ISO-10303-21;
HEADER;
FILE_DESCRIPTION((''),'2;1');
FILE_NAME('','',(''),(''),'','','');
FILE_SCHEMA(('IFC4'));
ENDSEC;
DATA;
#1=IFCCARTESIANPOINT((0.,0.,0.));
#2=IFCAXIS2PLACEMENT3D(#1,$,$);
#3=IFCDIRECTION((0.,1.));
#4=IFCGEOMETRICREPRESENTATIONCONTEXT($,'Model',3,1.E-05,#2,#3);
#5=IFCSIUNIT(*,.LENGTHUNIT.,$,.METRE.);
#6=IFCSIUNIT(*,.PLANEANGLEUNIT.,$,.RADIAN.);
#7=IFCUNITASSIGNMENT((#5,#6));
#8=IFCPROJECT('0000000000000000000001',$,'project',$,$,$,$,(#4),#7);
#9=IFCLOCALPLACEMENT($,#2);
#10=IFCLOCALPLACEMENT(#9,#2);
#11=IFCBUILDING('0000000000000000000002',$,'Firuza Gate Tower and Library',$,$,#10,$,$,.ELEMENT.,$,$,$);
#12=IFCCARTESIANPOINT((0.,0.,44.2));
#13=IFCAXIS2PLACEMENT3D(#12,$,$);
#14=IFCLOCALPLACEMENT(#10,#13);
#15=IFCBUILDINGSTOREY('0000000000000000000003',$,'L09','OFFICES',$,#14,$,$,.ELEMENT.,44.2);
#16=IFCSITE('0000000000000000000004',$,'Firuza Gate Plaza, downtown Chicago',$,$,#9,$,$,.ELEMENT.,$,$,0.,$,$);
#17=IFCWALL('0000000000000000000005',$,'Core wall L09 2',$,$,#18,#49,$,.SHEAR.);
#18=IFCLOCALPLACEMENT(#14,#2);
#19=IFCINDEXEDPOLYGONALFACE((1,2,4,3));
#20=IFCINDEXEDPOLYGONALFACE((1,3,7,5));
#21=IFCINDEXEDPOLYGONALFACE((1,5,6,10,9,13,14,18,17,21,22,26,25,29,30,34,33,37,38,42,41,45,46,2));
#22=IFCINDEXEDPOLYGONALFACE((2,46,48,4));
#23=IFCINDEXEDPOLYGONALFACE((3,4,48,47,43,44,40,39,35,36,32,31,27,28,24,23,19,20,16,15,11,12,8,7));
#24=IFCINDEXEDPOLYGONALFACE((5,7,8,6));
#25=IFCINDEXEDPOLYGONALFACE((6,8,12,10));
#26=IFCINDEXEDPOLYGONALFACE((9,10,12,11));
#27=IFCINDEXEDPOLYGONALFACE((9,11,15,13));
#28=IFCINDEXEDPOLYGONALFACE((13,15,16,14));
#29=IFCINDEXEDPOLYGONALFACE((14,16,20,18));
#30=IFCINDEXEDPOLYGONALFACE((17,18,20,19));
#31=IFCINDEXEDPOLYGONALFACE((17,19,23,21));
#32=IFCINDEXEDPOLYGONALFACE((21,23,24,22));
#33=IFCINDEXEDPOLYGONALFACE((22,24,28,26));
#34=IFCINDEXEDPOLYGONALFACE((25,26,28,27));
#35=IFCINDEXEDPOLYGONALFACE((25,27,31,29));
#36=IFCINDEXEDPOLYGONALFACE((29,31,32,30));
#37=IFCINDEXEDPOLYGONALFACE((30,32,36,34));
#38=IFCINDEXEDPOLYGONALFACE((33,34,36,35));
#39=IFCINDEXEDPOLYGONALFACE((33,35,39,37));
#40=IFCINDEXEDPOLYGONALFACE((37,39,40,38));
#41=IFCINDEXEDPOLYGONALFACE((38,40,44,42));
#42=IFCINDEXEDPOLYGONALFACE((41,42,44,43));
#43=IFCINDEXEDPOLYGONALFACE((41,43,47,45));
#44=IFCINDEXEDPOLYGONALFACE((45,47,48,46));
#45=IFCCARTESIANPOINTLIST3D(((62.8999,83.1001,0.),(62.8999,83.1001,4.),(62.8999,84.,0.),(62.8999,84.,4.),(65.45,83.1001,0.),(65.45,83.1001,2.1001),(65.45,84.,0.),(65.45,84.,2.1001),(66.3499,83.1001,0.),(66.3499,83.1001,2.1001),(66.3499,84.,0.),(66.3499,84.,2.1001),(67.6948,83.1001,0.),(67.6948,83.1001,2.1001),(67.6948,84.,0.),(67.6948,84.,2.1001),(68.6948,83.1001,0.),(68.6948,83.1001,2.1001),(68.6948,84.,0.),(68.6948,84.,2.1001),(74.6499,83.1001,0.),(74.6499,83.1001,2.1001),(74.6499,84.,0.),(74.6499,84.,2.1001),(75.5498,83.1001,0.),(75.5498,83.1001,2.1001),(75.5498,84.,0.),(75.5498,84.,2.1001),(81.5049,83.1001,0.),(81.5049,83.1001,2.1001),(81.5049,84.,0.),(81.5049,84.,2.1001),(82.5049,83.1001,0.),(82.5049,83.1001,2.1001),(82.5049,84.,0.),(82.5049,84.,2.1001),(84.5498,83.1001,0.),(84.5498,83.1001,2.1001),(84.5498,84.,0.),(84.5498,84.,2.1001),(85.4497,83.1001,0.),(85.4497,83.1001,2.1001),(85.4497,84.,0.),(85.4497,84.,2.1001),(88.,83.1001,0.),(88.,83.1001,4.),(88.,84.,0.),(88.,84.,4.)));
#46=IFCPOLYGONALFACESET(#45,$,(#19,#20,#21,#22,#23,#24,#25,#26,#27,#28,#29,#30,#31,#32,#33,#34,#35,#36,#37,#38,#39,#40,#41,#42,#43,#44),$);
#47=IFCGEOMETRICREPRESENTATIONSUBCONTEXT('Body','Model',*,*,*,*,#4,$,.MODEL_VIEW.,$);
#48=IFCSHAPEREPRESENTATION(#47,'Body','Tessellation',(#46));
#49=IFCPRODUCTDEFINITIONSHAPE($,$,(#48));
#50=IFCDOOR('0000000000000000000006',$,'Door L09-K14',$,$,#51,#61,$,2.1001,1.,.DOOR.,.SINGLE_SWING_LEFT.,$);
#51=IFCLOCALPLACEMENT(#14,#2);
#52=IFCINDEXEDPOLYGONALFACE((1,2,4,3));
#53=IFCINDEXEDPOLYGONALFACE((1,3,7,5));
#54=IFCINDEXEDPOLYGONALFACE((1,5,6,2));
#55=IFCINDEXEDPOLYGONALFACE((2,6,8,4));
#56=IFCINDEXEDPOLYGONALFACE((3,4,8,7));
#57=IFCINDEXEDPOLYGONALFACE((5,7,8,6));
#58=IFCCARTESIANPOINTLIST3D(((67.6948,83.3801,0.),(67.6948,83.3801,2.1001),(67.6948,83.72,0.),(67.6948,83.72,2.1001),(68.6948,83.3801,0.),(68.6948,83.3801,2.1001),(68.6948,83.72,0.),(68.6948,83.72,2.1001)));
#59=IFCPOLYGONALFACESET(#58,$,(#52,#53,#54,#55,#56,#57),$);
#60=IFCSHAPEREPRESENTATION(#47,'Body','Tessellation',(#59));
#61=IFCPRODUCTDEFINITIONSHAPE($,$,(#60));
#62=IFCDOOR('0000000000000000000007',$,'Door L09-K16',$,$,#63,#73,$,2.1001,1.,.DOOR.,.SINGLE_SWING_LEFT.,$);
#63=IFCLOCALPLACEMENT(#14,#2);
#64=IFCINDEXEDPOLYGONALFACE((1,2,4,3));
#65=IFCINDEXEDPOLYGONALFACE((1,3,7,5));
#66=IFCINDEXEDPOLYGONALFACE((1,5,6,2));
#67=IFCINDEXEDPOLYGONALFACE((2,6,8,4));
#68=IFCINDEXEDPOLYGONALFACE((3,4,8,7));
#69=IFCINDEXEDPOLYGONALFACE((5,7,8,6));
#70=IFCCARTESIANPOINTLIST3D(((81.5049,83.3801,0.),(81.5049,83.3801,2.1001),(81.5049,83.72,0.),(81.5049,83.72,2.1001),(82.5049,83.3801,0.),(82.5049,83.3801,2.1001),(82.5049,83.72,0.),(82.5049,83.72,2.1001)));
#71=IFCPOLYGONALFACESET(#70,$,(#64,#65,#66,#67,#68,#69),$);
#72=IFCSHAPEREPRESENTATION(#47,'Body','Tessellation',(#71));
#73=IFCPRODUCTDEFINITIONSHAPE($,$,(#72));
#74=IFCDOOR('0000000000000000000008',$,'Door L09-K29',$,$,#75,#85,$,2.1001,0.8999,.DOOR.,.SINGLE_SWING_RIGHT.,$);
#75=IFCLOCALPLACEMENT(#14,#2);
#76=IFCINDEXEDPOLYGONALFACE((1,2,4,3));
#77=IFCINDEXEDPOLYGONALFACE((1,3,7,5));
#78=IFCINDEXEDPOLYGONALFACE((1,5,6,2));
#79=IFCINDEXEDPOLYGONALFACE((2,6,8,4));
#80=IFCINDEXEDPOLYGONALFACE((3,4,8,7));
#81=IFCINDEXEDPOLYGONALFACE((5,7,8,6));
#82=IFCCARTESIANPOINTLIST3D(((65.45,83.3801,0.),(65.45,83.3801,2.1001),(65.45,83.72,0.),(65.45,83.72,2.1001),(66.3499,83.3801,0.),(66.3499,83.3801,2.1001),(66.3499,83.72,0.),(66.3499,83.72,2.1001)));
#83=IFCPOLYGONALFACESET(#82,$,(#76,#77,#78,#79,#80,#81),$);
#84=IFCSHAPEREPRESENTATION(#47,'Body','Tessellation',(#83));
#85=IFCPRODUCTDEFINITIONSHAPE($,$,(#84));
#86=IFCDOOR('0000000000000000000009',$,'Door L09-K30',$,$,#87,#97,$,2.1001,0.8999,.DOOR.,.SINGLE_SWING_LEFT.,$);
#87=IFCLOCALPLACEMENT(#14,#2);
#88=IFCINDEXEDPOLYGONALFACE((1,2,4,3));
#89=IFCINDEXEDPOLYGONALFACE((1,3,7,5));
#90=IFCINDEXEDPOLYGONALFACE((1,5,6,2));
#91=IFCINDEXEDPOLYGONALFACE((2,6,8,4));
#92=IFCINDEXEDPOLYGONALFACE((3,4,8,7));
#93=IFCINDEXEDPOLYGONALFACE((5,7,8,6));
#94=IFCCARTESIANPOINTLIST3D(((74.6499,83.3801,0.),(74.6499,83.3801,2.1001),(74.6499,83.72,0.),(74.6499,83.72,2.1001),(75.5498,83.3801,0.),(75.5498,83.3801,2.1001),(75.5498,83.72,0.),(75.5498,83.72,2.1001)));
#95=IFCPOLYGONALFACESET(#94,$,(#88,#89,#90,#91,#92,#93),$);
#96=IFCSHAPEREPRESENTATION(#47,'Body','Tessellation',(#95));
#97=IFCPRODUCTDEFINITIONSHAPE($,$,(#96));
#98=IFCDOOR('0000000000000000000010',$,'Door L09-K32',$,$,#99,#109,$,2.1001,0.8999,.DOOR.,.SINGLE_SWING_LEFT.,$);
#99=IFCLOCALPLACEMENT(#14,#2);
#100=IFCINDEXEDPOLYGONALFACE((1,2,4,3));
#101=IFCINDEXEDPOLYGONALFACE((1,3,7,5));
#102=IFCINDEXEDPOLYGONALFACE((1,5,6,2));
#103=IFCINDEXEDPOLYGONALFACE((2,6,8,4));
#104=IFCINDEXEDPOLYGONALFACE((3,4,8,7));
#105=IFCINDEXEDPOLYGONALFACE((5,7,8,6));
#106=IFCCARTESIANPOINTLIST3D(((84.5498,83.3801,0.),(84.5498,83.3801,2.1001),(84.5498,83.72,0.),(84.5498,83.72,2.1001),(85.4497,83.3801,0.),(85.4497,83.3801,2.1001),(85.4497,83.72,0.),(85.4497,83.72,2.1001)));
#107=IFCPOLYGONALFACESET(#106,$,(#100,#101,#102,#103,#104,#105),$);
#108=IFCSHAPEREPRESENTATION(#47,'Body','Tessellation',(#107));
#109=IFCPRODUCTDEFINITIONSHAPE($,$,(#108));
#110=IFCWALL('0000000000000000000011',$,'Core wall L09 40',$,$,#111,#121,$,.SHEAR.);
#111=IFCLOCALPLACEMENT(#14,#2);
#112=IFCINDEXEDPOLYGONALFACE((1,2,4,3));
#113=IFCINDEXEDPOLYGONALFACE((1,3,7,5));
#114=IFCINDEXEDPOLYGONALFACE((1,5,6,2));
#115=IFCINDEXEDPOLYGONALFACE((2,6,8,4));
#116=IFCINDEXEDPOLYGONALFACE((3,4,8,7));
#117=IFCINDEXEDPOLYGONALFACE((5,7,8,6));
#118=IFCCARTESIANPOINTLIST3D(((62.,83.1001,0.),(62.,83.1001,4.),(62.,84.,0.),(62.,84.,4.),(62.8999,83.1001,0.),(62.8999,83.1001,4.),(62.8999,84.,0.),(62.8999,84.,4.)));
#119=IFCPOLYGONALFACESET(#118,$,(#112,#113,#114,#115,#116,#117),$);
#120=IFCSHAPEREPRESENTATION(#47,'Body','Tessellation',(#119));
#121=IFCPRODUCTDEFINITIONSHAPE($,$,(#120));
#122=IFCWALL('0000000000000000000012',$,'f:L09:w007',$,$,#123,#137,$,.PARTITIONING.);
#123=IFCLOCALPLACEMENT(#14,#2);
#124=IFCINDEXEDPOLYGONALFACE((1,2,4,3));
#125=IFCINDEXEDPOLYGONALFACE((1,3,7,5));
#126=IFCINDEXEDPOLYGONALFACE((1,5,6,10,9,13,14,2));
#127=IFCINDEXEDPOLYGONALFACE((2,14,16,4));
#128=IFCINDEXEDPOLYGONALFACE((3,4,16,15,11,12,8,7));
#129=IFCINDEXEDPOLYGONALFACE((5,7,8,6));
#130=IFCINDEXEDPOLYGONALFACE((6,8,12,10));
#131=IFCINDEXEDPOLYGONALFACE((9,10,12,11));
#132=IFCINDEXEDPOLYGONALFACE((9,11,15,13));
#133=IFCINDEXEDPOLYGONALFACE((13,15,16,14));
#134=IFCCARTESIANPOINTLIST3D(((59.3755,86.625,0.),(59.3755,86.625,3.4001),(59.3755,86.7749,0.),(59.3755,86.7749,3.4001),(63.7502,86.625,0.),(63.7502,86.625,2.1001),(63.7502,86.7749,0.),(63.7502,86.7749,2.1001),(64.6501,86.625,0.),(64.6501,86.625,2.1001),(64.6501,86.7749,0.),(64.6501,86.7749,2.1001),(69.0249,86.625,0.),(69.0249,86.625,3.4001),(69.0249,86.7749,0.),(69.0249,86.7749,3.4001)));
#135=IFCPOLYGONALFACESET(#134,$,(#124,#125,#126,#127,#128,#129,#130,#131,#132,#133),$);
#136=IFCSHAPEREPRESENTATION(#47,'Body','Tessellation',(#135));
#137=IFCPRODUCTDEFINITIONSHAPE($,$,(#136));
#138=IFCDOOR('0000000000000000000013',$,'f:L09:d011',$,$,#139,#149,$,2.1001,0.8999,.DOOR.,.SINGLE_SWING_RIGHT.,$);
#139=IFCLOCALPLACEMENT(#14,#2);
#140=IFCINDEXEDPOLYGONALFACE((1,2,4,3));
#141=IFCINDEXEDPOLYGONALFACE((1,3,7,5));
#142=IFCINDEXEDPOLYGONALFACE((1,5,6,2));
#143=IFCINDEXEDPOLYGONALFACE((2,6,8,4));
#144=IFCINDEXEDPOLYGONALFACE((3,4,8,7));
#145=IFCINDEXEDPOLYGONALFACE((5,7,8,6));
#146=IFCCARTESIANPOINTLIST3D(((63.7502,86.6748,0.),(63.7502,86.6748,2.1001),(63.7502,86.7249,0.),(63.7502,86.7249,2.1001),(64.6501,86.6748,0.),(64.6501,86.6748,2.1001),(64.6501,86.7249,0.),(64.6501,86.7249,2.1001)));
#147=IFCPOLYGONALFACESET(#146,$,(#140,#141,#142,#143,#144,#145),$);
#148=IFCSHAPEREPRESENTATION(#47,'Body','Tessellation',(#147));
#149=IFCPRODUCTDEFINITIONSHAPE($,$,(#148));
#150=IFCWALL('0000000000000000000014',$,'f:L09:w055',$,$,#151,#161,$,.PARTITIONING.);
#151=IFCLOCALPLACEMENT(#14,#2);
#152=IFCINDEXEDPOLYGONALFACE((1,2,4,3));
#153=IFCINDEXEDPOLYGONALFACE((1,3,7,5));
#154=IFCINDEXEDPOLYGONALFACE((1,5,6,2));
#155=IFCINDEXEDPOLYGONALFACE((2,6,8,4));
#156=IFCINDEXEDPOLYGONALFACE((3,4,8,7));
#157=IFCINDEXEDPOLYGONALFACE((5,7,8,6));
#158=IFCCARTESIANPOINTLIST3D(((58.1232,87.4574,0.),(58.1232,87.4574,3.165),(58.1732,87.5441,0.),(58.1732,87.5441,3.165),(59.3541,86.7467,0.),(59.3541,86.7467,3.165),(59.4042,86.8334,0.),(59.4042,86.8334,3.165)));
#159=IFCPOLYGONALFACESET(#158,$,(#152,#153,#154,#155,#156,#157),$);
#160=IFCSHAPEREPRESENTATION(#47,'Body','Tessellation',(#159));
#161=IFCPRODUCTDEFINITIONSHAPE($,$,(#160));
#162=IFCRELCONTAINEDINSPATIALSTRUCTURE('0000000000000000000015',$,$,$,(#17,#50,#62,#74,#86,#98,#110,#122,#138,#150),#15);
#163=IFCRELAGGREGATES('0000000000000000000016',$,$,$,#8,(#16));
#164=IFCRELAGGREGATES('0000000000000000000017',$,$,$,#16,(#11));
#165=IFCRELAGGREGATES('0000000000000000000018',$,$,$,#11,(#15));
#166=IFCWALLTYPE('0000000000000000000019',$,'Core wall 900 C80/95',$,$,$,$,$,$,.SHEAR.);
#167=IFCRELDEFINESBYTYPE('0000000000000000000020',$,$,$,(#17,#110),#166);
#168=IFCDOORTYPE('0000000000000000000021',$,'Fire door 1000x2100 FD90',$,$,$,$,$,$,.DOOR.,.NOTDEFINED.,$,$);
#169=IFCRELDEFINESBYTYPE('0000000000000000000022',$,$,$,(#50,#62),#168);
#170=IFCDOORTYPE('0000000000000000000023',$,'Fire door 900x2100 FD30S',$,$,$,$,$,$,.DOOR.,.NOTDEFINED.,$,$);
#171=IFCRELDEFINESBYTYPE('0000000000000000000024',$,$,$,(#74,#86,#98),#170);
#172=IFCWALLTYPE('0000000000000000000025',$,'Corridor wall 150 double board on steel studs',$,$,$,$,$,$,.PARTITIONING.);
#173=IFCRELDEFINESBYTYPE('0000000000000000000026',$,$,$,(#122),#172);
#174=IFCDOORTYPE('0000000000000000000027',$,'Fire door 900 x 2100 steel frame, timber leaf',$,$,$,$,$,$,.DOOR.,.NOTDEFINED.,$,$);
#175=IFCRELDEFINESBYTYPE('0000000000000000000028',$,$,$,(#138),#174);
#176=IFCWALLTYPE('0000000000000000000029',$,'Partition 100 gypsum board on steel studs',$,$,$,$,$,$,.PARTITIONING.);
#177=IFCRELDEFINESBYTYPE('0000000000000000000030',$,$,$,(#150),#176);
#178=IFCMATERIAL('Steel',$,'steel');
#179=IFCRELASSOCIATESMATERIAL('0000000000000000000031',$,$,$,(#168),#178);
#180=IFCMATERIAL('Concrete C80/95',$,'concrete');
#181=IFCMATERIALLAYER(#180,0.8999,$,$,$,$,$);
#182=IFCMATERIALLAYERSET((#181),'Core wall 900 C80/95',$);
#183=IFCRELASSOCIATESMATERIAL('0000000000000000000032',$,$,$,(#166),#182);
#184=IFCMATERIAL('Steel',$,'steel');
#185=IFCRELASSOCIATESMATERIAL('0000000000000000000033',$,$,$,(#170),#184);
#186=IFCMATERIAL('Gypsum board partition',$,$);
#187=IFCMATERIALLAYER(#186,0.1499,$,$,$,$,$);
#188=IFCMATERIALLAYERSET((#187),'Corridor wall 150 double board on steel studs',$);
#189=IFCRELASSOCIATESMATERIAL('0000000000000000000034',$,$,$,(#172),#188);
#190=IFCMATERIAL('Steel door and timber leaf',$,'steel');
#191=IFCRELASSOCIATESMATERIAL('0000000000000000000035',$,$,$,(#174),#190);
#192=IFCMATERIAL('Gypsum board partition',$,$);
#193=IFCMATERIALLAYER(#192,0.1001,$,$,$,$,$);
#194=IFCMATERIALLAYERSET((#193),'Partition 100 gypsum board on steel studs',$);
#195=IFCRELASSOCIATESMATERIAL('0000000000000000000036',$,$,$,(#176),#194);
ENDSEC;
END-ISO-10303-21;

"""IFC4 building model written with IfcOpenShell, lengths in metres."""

from ifc_helpers import new_model, si_unit, direction, frame, frame_2d, origin, place, context, subcontext, project, spatial, rectangle, extrude, material, layer, layer_set, type_object, element, fill, save


model = new_model("IFC4")

# Units and contexts
model_context = context("Model", 3, precision=1e-05, world=origin(), true_north=direction((0.0, 1.0)))
body_context = subcontext(model_context, "Body", "Model", "MODEL_VIEW")
ifc_project = project(units=[si_unit("LENGTHUNIT", "METRE"), si_unit("PLANEANGLEUNIT", "RADIAN")], contexts=[model_context])

# Site, building, storey
site_placement = place(None, origin())
site = spatial("IfcSite", under=ifc_project, at=site_placement, Name="Firuza Gate Plaza, downtown Chicago", CompositionType="ELEMENT", RefElevation=0.0)
building_placement = place(site_placement, origin())
building = spatial("IfcBuilding", under=site, at=building_placement, Name="Firuza Gate Tower and Library", CompositionType="ELEMENT")
storey_placement = place(building_placement, frame((0.0, 0.0, 44.2)))
storey = spatial("IfcBuildingStorey", under=building, at=storey_placement, Name="L09", Description="OFFICES", CompositionType="ELEMENT", Elevation=44.2)

# Shared definitions
ifc_material_1 = material(Name="Steel", Category="steel")
door_type_1 = type_object("IfcDoorType", Name="Fire door 1000x2100 FD90", OperationType="NOTDEFINED", PredefinedType="DOOR", material=ifc_material_1)

# Wall, openings, doors
ifc_material_2 = material(Name="Concrete C80/95", Category="concrete")
ifc_layer_1 = layer(ifc_material_2, 0.8999)
ifc_layer_set_1 = layer_set([ifc_layer_1], Name="Core wall 900 C80/95")
wall_type_1 = type_object("IfcWallType", Name="Core wall 900 C80/95", PredefinedType="SHEAR", material=ifc_layer_set_1)
wall_1_placement = place(storey_placement, frame((62.8999, 83.55, 0.0), z_axis=(0.0, 0.0, 1.0), x_axis=(1.0, 0.0, 0.0)))
wall_1 = element("IfcWall", 1, at=wall_1_placement, inside=storey, type_object=wall_type_1, Name="Core wall L09 2", PredefinedType="SHEAR", context=body_context, shape_type="SweptSolid", body=[
    extrude(rectangle(XDim=25.1001, YDim=0.8999, at=frame_2d((12.55, 0.0))), origin(), (0.0, 0.0, 1.0), 4.0),
])
opening_1_placement = place(wall_1_placement, frame((4.7949, 0.0, 0.0)))
opening_1 = element("IfcOpeningElement", 2, at=opening_1_placement, cuts=wall_1, PredefinedType="OPENING", context=body_context, shape_type="SweptSolid", body=[
    extrude(rectangle(XDim=1.0, YDim=2.1001, at=frame_2d((0.5, 1.05))), frame((0.0, 0.46, 0.0), z_axis=(0.0, -1.0, 0.0), x_axis=(1.0, 0.0, 0.0)), (0.0, 0.0, 1.0), 0.9199),
])
opening_2_placement = place(wall_1_placement, frame((18.605, 0.0, 0.0)))
opening_2 = element("IfcOpeningElement", 3, at=opening_2_placement, cuts=wall_1, PredefinedType="OPENING", context=body_context, shape_type="SweptSolid", body=[
    extrude(rectangle(XDim=1.0, YDim=2.1001, at=frame_2d((0.5, 1.05))), frame((0.0, 0.46, 0.0), z_axis=(0.0, -1.0, 0.0), x_axis=(1.0, 0.0, 0.0)), (0.0, 0.0, 1.0), 0.9199),
])
opening_3_placement = place(wall_1_placement, frame((2.55, 0.0, 0.0)))
opening_3 = element("IfcOpeningElement", 4, at=opening_3_placement, cuts=wall_1, PredefinedType="OPENING", context=body_context, shape_type="SweptSolid", body=[
    extrude(rectangle(XDim=0.8999, YDim=2.1001, at=frame_2d((0.45, 1.05))), frame((0.0, 0.46, 0.0), z_axis=(0.0, -1.0, 0.0), x_axis=(1.0, 0.0, 0.0)), (0.0, 0.0, 1.0), 0.9199),
])
opening_4_placement = place(wall_1_placement, frame((11.75, 0.0, 0.0)))
opening_4 = element("IfcOpeningElement", 5, at=opening_4_placement, cuts=wall_1, PredefinedType="OPENING", context=body_context, shape_type="SweptSolid", body=[
    extrude(rectangle(XDim=0.8999, YDim=2.1001, at=frame_2d((0.45, 1.05))), frame((0.0, 0.46, 0.0), z_axis=(0.0, -1.0, 0.0), x_axis=(1.0, 0.0, 0.0)), (0.0, 0.0, 1.0), 0.9199),
])
opening_5_placement = place(wall_1_placement, frame((21.6499, 0.0, 0.0)))
opening_5 = element("IfcOpeningElement", 6, at=opening_5_placement, cuts=wall_1, PredefinedType="OPENING", context=body_context, shape_type="SweptSolid", body=[
    extrude(rectangle(XDim=0.8999, YDim=2.1001, at=frame_2d((0.45, 1.05))), frame((0.0, 0.46, 0.0), z_axis=(0.0, -1.0, 0.0), x_axis=(1.0, 0.0, 0.0)), (0.0, 0.0, 1.0), 0.9199),
])
door_1_placement = place(opening_1_placement, origin())
door_1 = element("IfcDoor", 7, at=door_1_placement, inside=storey, type_object=door_type_1, Name="Door L09-K14", OperationType="SINGLE_SWING_LEFT", OverallHeight=2.1001, OverallWidth=1.0, PredefinedType="DOOR", context=body_context, shape_type="SweptSolid", body=[
    extrude(rectangle(XDim=1.0, YDim=2.1001, at=frame_2d((0.5, 1.05))), frame((0.0, 0.1699, 0.0), z_axis=(0.0, -1.0, 0.0), x_axis=(1.0, 0.0, 0.0)), (0.0, 0.0, 1.0), 0.3398),
])
fill(opening_1, door_1)
door_2_placement = place(opening_2_placement, origin())
door_2 = element("IfcDoor", 8, at=door_2_placement, inside=storey, type_object=door_type_1, Name="Door L09-K16", OperationType="SINGLE_SWING_LEFT", OverallHeight=2.1001, OverallWidth=1.0, PredefinedType="DOOR", context=body_context, shape_type="SweptSolid", body=[
    extrude(rectangle(XDim=1.0, YDim=2.1001, at=frame_2d((0.5, 1.05))), frame((0.0, 0.1699, 0.0), z_axis=(0.0, -1.0, 0.0), x_axis=(1.0, 0.0, 0.0)), (0.0, 0.0, 1.0), 0.3398),
])
fill(opening_2, door_2)
ifc_material_3 = material(Name="Steel", Category="steel")
door_type_2 = type_object("IfcDoorType", Name="Fire door 900x2100 FD30S", OperationType="NOTDEFINED", PredefinedType="DOOR", material=ifc_material_3)
door_3_placement = place(opening_3_placement, origin())
door_3 = element("IfcDoor", 9, at=door_3_placement, inside=storey, type_object=door_type_2, Name="Door L09-K29", OperationType="SINGLE_SWING_RIGHT", OverallHeight=2.1001, OverallWidth=0.8999, PredefinedType="DOOR", context=body_context, shape_type="SweptSolid", body=[
    extrude(rectangle(XDim=0.8999, YDim=2.1001, at=frame_2d((0.45, 1.05))), frame((0.0, 0.1699, 0.0), z_axis=(0.0, -1.0, 0.0), x_axis=(1.0, 0.0, 0.0)), (0.0, 0.0, 1.0), 0.3398),
])
fill(opening_3, door_3)
door_4_placement = place(opening_4_placement, origin())
door_4 = element("IfcDoor", 10, at=door_4_placement, inside=storey, type_object=door_type_2, Name="Door L09-K30", OperationType="SINGLE_SWING_LEFT", OverallHeight=2.1001, OverallWidth=0.8999, PredefinedType="DOOR", context=body_context, shape_type="SweptSolid", body=[
    extrude(rectangle(XDim=0.8999, YDim=2.1001, at=frame_2d((0.45, 1.05))), frame((0.0, 0.1699, 0.0), z_axis=(0.0, -1.0, 0.0), x_axis=(1.0, 0.0, 0.0)), (0.0, 0.0, 1.0), 0.3398),
])
fill(opening_4, door_4)
door_5_placement = place(opening_5_placement, origin())
door_5 = element("IfcDoor", 11, at=door_5_placement, inside=storey, type_object=door_type_2, Name="Door L09-K32", OperationType="SINGLE_SWING_LEFT", OverallHeight=2.1001, OverallWidth=0.8999, PredefinedType="DOOR", context=body_context, shape_type="SweptSolid", body=[
    extrude(rectangle(XDim=0.8999, YDim=2.1001, at=frame_2d((0.45, 1.05))), frame((0.0, 0.1699, 0.0), z_axis=(0.0, -1.0, 0.0), x_axis=(1.0, 0.0, 0.0)), (0.0, 0.0, 1.0), 0.3398),
])
fill(opening_5, door_5)

# Wall
wall_2_placement = place(storey_placement, frame((62.0, 83.55, 0.0), z_axis=(0.0, 0.0, 1.0), x_axis=(1.0, 0.0, 0.0)))
element("IfcWall", 12, at=wall_2_placement, inside=storey, type_object=wall_type_1, Name="Core wall L09 40", PredefinedType="SHEAR", context=body_context, shape_type="SweptSolid", body=[
    extrude(rectangle(XDim=0.8999, YDim=0.8999, at=frame_2d((0.45, 0.0))), origin(), (0.0, 0.0, 1.0), 4.0),
])

# Wall, opening, door
ifc_material_4 = material(Name="Gypsum board partition")
ifc_layer_2 = layer(ifc_material_4, 0.1499)
ifc_layer_set_2 = layer_set([ifc_layer_2], Name="Corridor wall 150 double board on steel studs")
wall_type_2 = type_object("IfcWallType", Name="Corridor wall 150 double board on steel studs", PredefinedType="PARTITIONING", material=ifc_layer_set_2)
wall_3_placement = place(storey_placement, frame((59.3755, 86.7, 0.0), z_axis=(0.0, 0.0, 1.0), x_axis=(1.0, 0.0, 0.0)))
wall_3 = element("IfcWall", 13, at=wall_3_placement, inside=storey, type_object=wall_type_2, Name="f:L09:w007", PredefinedType="PARTITIONING", context=body_context, shape_type="SweptSolid", body=[
    extrude(rectangle(XDim=9.6494, YDim=0.1499, at=frame_2d((4.8247, 0.0))), origin(), (0.0, 0.0, 1.0), 3.4001),
])
opening_6_placement = place(wall_3_placement, frame((4.3748, 0.0, 0.0)))
opening_6 = element("IfcOpeningElement", 14, at=opening_6_placement, cuts=wall_3, PredefinedType="OPENING", context=body_context, shape_type="SweptSolid", body=[
    extrude(rectangle(XDim=0.8999, YDim=2.1001, at=frame_2d((0.45, 1.05))), frame((0.0, 0.085, 0.0), z_axis=(0.0, -1.0, 0.0), x_axis=(1.0, 0.0, 0.0)), (0.0, 0.0, 1.0), 0.1699),
])
ifc_material_5 = material(Name="Steel door and timber leaf", Category="steel")
door_type_3 = type_object("IfcDoorType", Name="Fire door 900 x 2100 steel frame, timber leaf", OperationType="NOTDEFINED", PredefinedType="DOOR", material=ifc_material_5)
door_6_placement = place(opening_6_placement, origin())
door_6 = element("IfcDoor", 15, at=door_6_placement, inside=storey, type_object=door_type_3, Name="f:L09:d011", OperationType="SINGLE_SWING_RIGHT", OverallHeight=2.1001, OverallWidth=0.8999, PredefinedType="DOOR", context=body_context, shape_type="SweptSolid", body=[
    extrude(rectangle(XDim=0.8999, YDim=2.1001, at=frame_2d((0.45, 1.05))), frame((0.0, 0.0249, 0.0), z_axis=(0.0, -1.0, 0.0), x_axis=(1.0, 0.0, 0.0)), (0.0, 0.0, 1.0), 0.05),
])
fill(opening_6, door_6)

# Wall
ifc_material_6 = material(Name="Gypsum board partition")
ifc_layer_3 = layer(ifc_material_6, 0.1001)
ifc_layer_set_3 = layer_set([ifc_layer_3], Name="Partition 100 gypsum board on steel studs")
wall_type_3 = type_object("IfcWallType", Name="Partition 100 gypsum board on steel studs", PredefinedType="PARTITIONING", material=ifc_layer_set_3)
wall_4_placement = place(storey_placement, frame((59.3792, 86.79, 0.0), z_axis=(0.0, 0.0, 1.0), x_axis=(-0.866025, 0.5, 0.0)))
element("IfcWall", 16, at=wall_4_placement, inside=storey, type_object=wall_type_3, Name="f:L09:w055", PredefinedType="PARTITIONING", context=body_context, shape_type="SweptSolid", body=[
    extrude(rectangle(XDim=1.4214, YDim=0.1001, at=frame_2d((0.7107, 0.0))), origin(), (0.0, 0.0, 1.0), 3.165),
])

save(model, "model.ifc")
